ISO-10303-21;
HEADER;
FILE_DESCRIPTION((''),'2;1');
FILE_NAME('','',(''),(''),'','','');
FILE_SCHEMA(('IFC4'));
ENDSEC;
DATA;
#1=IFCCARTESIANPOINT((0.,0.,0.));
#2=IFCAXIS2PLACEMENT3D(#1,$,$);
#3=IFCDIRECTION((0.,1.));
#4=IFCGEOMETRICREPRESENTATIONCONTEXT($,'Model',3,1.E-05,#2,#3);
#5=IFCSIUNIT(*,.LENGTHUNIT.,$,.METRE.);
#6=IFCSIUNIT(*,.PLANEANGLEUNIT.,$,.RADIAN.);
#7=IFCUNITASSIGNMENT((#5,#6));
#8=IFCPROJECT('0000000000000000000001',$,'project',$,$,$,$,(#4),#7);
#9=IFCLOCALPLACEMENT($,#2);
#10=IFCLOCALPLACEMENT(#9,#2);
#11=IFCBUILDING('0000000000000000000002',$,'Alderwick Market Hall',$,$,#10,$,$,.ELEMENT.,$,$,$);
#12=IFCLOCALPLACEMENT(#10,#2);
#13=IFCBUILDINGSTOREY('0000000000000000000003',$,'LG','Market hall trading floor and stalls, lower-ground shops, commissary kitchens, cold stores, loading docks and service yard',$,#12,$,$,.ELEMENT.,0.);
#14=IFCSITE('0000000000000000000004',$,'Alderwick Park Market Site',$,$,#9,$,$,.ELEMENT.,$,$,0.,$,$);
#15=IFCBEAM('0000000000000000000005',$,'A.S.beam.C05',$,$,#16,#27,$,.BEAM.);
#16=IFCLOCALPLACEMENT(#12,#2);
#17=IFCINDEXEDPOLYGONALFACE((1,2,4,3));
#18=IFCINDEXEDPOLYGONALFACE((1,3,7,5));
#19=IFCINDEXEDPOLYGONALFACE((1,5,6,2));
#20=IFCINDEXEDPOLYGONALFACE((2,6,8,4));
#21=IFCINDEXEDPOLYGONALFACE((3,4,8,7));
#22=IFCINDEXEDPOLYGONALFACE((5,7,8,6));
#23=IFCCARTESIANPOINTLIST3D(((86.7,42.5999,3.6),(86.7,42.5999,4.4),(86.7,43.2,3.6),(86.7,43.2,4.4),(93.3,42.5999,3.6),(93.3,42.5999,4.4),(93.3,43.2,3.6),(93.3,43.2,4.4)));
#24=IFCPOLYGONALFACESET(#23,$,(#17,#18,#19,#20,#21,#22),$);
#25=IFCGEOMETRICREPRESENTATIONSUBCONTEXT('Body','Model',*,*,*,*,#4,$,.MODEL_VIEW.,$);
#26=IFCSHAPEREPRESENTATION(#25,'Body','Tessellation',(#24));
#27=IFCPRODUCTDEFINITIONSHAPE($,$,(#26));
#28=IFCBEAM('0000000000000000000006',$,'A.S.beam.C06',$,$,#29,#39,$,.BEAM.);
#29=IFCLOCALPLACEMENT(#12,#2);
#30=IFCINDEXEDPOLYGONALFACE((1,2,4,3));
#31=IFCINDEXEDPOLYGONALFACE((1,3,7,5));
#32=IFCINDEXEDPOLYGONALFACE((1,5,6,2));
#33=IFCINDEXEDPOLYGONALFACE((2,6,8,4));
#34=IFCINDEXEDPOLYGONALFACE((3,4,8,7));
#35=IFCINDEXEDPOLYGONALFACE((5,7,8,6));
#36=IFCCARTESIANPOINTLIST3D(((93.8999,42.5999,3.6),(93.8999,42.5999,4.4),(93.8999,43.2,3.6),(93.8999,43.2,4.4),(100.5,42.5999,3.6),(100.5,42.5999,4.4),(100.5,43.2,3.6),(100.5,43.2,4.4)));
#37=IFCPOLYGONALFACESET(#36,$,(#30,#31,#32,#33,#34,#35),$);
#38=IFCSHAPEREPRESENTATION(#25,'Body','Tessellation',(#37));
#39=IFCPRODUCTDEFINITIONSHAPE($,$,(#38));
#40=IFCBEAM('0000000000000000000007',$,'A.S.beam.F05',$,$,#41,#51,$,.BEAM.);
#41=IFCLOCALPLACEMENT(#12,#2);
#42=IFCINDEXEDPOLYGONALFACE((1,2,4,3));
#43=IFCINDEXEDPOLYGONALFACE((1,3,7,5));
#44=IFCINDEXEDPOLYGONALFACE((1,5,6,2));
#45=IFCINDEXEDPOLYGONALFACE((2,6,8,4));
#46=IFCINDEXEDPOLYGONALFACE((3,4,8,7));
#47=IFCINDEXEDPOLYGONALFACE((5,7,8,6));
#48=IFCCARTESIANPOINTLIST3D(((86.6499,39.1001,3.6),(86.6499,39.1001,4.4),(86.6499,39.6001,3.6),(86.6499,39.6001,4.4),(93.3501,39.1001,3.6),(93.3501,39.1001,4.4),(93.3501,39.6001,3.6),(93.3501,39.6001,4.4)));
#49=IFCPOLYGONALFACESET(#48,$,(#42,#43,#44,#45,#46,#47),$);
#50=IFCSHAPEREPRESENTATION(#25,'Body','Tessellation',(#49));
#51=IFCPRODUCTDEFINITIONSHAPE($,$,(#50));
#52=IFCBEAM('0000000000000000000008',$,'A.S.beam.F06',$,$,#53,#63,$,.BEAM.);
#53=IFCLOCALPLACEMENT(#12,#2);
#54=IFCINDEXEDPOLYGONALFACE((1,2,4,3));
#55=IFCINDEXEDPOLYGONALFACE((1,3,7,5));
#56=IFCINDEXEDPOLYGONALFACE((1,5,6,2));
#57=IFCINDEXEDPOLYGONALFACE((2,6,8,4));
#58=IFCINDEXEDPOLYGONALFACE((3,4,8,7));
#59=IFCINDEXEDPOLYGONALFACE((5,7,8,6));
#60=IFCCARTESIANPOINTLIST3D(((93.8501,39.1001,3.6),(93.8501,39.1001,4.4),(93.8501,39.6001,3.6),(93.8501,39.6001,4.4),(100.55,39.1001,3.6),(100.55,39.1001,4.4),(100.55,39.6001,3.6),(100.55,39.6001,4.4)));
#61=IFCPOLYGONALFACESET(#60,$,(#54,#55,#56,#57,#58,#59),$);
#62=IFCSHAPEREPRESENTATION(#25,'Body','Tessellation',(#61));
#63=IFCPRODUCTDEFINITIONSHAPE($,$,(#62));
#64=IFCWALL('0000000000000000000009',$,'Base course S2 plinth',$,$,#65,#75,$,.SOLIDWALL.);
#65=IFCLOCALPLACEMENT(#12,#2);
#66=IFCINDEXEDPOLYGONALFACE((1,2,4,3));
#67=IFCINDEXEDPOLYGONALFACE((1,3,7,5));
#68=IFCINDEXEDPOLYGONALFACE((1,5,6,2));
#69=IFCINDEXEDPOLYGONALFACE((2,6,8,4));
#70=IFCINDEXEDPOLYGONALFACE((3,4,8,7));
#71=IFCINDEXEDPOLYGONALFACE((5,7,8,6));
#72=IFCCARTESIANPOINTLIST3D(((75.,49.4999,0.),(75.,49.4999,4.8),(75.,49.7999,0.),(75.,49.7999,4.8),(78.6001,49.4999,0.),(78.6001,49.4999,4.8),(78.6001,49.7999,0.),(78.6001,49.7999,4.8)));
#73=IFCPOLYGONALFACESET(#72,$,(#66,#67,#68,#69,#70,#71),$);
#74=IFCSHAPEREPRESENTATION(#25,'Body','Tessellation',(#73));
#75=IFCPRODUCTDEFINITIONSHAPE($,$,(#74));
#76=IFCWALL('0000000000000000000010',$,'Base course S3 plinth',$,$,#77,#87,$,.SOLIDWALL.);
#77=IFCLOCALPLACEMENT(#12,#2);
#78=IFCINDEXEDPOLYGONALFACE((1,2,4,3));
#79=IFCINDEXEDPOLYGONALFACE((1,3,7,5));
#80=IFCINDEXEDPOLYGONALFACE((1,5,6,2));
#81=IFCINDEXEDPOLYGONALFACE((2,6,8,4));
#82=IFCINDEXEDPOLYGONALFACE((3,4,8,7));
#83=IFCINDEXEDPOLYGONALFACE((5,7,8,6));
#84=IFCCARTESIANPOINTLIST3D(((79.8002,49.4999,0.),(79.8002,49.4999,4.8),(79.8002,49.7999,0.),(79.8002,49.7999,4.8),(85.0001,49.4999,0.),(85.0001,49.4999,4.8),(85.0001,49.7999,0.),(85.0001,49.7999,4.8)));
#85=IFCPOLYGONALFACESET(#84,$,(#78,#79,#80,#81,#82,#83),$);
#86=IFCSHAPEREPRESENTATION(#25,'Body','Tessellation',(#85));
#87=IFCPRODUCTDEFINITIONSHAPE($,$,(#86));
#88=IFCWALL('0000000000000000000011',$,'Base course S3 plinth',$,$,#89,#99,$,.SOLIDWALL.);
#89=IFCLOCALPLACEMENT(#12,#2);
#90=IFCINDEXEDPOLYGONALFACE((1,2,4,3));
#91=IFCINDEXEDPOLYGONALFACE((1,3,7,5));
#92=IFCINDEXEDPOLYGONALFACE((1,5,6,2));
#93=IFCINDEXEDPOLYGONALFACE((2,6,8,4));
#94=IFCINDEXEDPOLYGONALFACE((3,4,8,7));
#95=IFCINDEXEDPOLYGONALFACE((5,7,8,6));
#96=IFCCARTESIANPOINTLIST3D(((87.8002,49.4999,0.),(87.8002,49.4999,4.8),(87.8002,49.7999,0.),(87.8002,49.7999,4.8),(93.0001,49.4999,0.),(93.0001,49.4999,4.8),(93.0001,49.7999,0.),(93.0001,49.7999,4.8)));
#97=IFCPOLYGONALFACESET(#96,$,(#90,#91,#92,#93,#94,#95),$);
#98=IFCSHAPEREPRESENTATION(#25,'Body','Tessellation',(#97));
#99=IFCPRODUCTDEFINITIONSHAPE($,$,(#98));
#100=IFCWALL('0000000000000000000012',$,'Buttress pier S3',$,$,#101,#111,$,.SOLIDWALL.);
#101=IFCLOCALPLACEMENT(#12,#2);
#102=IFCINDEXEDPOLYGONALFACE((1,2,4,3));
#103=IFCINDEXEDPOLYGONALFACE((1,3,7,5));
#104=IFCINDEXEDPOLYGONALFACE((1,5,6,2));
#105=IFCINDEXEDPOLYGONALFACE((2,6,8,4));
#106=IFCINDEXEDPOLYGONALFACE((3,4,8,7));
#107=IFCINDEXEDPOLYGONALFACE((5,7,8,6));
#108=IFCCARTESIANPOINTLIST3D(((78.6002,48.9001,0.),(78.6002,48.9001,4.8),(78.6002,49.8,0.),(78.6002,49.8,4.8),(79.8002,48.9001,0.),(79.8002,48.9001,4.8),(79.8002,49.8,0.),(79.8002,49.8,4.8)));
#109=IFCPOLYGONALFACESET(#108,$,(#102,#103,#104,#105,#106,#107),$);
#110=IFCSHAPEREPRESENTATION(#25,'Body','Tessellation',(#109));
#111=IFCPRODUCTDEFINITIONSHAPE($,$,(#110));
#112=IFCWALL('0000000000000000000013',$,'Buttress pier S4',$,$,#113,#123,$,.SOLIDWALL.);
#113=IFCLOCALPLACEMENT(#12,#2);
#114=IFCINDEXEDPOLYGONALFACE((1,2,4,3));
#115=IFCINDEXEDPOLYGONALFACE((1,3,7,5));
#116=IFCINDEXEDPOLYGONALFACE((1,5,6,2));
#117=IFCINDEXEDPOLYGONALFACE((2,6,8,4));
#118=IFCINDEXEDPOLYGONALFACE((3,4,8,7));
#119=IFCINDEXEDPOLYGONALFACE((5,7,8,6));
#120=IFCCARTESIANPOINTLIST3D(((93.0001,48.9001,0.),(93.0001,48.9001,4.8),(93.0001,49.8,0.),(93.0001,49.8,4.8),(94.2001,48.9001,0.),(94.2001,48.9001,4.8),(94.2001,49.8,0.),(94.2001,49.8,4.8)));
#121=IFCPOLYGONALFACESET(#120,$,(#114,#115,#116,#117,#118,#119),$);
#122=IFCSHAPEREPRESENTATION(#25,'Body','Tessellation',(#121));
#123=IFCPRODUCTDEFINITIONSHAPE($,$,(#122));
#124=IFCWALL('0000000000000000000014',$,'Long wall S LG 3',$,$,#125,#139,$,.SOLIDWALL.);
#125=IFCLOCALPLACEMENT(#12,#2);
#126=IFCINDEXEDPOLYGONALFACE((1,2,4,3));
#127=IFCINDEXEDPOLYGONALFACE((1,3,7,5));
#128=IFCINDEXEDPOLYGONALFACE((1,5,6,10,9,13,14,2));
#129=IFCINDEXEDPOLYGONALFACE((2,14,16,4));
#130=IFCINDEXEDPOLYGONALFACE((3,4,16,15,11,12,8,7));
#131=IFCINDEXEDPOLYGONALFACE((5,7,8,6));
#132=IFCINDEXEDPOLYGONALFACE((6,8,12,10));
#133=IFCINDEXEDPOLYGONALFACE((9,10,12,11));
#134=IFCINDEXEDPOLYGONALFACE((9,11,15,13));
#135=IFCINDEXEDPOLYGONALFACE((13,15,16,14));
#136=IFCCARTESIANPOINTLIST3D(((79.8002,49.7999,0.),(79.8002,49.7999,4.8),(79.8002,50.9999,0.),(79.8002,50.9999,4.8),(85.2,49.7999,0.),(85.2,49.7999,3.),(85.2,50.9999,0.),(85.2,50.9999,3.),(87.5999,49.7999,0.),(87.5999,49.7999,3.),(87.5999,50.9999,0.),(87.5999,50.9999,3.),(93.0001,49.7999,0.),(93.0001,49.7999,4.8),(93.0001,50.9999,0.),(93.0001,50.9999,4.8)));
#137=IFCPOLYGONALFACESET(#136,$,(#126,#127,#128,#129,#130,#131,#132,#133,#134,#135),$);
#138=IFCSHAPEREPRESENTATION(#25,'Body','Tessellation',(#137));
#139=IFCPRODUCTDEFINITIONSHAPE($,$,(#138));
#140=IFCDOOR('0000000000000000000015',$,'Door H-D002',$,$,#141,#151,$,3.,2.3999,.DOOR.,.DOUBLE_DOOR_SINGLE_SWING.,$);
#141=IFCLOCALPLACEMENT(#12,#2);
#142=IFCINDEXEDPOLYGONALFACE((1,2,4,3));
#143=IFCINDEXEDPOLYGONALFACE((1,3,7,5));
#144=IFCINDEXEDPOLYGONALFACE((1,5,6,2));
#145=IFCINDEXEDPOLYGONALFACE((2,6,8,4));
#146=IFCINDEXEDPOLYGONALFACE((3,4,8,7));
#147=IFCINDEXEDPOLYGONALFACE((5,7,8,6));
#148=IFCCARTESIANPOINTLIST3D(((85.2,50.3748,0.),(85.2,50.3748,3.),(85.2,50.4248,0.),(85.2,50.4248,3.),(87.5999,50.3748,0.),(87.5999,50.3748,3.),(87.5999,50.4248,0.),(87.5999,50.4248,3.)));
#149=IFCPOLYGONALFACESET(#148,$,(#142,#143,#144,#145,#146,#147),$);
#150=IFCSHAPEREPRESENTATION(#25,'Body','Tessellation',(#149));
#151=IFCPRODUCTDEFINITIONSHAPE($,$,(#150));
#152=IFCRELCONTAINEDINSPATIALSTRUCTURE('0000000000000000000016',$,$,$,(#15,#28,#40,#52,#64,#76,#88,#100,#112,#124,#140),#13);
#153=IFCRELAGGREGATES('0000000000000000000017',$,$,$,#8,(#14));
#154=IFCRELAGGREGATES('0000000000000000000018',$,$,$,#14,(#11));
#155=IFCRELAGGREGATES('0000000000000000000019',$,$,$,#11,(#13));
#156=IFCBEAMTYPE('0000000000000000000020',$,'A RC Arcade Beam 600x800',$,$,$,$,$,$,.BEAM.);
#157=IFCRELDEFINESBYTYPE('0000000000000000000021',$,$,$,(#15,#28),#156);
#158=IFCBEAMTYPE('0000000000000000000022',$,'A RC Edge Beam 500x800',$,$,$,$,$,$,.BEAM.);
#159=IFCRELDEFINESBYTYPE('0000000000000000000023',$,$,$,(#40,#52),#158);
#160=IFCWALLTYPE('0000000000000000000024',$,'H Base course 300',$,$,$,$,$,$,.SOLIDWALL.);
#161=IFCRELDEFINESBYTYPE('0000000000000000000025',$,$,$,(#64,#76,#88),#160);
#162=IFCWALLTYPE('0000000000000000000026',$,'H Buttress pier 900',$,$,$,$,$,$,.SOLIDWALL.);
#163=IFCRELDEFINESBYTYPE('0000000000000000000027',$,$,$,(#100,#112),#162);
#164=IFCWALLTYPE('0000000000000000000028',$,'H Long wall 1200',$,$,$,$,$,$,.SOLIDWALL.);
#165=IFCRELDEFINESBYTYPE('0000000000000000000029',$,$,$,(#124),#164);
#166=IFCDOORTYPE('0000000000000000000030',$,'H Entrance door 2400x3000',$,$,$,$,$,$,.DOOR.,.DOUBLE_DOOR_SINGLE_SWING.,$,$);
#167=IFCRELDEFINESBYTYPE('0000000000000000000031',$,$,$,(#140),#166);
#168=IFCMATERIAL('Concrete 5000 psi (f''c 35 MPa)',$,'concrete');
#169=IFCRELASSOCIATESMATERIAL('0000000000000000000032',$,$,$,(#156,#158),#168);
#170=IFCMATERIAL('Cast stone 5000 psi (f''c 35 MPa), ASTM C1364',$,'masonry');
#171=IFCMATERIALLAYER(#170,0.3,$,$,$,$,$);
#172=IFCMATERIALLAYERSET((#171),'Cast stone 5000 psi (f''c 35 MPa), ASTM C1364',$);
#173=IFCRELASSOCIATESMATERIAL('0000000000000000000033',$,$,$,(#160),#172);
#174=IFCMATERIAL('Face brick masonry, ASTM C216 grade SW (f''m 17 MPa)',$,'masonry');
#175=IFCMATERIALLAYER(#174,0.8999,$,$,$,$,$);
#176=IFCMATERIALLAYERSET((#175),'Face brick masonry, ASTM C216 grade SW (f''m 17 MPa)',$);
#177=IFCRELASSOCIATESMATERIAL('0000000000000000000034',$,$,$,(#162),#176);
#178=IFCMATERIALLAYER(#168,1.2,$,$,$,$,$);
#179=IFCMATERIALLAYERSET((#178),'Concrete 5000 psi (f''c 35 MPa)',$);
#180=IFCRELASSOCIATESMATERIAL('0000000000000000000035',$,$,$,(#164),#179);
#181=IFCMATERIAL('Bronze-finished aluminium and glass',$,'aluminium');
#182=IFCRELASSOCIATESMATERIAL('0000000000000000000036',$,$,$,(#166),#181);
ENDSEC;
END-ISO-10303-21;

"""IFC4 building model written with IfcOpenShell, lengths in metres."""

from ifc_helpers import new_model, si_unit, direction, frame, frame_2d, origin, origin_2d, place, context, subcontext, project, spatial, rectangle, extrude, material, layer, layer_set, material_profile, profile_set, type_object, element, fill, save


model = new_model("IFC4")

# Units and contexts
model_context = context("Model", 3, precision=1e-05, world=origin(), true_north=direction((0.0, 1.0)))
body_context = subcontext(model_context, "Body", "Model", "MODEL_VIEW")
ifc_project = project(units=[si_unit("LENGTHUNIT", "METRE"), si_unit("PLANEANGLEUNIT", "RADIAN")], contexts=[model_context])

# Site, building, storey
site_placement = place(None, origin())
site = spatial("IfcSite", under=ifc_project, at=site_placement, Name="Alderwick Park Market Site", CompositionType="ELEMENT", RefElevation=0.0)
building_placement = place(site_placement, origin())
building = spatial("IfcBuilding", under=site, at=building_placement, Name="Alderwick Market Hall", CompositionType="ELEMENT")
storey_placement = place(building_placement, origin())
storey = spatial("IfcBuildingStorey", under=building, at=storey_placement, Name="LG", Description="Market hall trading floor and stalls, lower-ground shops, commissary kitchens, cold stores, loading docks and service yard", CompositionType="ELEMENT", Elevation=0.0)

# Shared definitions
ifc_material_1 = material(Name="Concrete 5000 psi (f'c 35 MPa)", Category="concrete")

# Beams
ifc_material_profile_1 = material_profile(ifc_material_1, rectangle(XDim=0.6001, YDim=0.8, at=origin_2d()), Name="A RC Arcade Beam 600x800")
ifc_profile_set_1 = profile_set([ifc_material_profile_1], Name="Concrete 5000 psi (f'c 35 MPa)")
beam_type_1 = type_object("IfcBeamType", Name="A RC Arcade Beam 600x800", PredefinedType="BEAM", material=ifc_profile_set_1)
for number, where, z_axis, x_axis, name in (
    (1, (86.7, 42.8999, 4.0), (1.0, 0.0, 0.0), (0.0, 1.0, 0.0), "A.S.beam.C05"),
    (2, (93.8999, 42.8999, 4.0), (1.0, 0.0, 0.0), (0.0, 1.0, 0.0), "A.S.beam.C06"),
):
    element("IfcBeam", number, at=place(storey_placement, frame(where, z_axis=z_axis, x_axis=x_axis)), inside=storey, type_object=beam_type_1, Name=name, PredefinedType="BEAM", context=body_context, shape_type="SweptSolid", body=[
        extrude(rectangle(XDim=0.6001, YDim=0.8, at=origin_2d()), origin(), (0.0, 0.0, 1.0), 6.6001),
    ])
ifc_material_profile_2 = material_profile(ifc_material_1, rectangle(XDim=0.5, YDim=0.8, at=origin_2d()), Name="A RC Edge Beam 500x800")
ifc_profile_set_2 = profile_set([ifc_material_profile_2], Name="Concrete 5000 psi (f'c 35 MPa)")
beam_type_2 = type_object("IfcBeamType", Name="A RC Edge Beam 500x800", PredefinedType="BEAM", material=ifc_profile_set_2)
beam_1_placement = place(storey_placement, frame((86.6499, 39.3501, 4.0), z_axis=(1.0, 0.0, 0.0), x_axis=(0.0, 1.0, 0.0)))
element("IfcBeam", 3, at=beam_1_placement, inside=storey, type_object=beam_type_2, Name="A.S.beam.F05", PredefinedType="BEAM", context=body_context, shape_type="SweptSolid", body=[
    extrude(rectangle(XDim=0.5, YDim=0.8, at=origin_2d()), origin(), (0.0, 0.0, 1.0), 6.7002),
])
beam_2_placement = place(storey_placement, frame((93.8501, 39.3501, 4.0), z_axis=(1.0, 0.0, 0.0), x_axis=(0.0, 1.0, 0.0)))
element("IfcBeam", 4, at=beam_2_placement, inside=storey, type_object=beam_type_2, Name="A.S.beam.F06", PredefinedType="BEAM", context=body_context, shape_type="SweptSolid", body=[
    extrude(rectangle(XDim=0.5, YDim=0.8, at=origin_2d()), origin(), (0.0, 0.0, 1.0), 6.7),
])

# Walls
ifc_material_2 = material(Name="Cast stone 5000 psi (f'c 35 MPa), ASTM C1364", Category="masonry")
ifc_layer_1 = layer(ifc_material_2, 0.3)
ifc_layer_set_1 = layer_set([ifc_layer_1], Name="Cast stone 5000 psi (f'c 35 MPa), ASTM C1364")
wall_type_1 = type_object("IfcWallType", Name="H Base course 300", PredefinedType="SOLIDWALL", material=ifc_layer_set_1)
wall_1_placement = place(storey_placement, frame((75.0, 49.6499, 0.0), z_axis=(0.0, 0.0, 1.0), x_axis=(1.0, 0.0, 0.0)))
element("IfcWall", 5, at=wall_1_placement, inside=storey, type_object=wall_type_1, Name="Base course S2 plinth", PredefinedType="SOLIDWALL", context=body_context, shape_type="SweptSolid", body=[
    extrude(rectangle(XDim=3.6001, YDim=0.3, at=frame_2d((1.8, 0.0))), origin(), (0.0, 0.0, 1.0), 4.8),
])
for number, where, z_axis, x_axis, name in (
    (6, (79.8, 49.6499, 0.0), (0.0, 0.0, 1.0), (1.0, 0.0, 0.0), "Base course S3 plinth"),
    (7, (87.8, 49.6499, 0.0), (0.0, 0.0, 1.0), (1.0, 0.0, 0.0), "Base course S3 plinth"),
):
    element("IfcWall", number, at=place(storey_placement, frame(where, z_axis=z_axis, x_axis=x_axis)), inside=storey, type_object=wall_type_1, Name=name, PredefinedType="SOLIDWALL", context=body_context, shape_type="SweptSolid", body=[
        extrude(rectangle(XDim=5.2, YDim=0.3, at=frame_2d((2.6001, 0.0))), origin(), (0.0, 0.0, 1.0), 4.8),
    ])
ifc_material_3 = material(Name="Face brick masonry, ASTM C216 grade SW (f'm 17 MPa)", Category="masonry")
ifc_layer_2 = layer(ifc_material_3, 0.8999)
ifc_layer_set_2 = layer_set([ifc_layer_2], Name="Face brick masonry, ASTM C216 grade SW (f'm 17 MPa)")
wall_type_2 = type_object("IfcWallType", Name="H Buttress pier 900", PredefinedType="SOLIDWALL", material=ifc_layer_set_2)
for number, where, z_axis, x_axis, name in (
    (8, (78.6001, 49.3501, 0.0), (0.0, 0.0, 1.0), (1.0, 0.0, 0.0), "Buttress pier S3"),
    (9, (93.0, 49.3501, 0.0), (0.0, 0.0, 1.0), (1.0, 0.0, 0.0), "Buttress pier S4"),
):
    element("IfcWall", number, at=place(storey_placement, frame(where, z_axis=z_axis, x_axis=x_axis)), inside=storey, type_object=wall_type_2, Name=name, PredefinedType="SOLIDWALL", context=body_context, shape_type="SweptSolid", body=[
        extrude(rectangle(XDim=1.2, YDim=0.8999, at=frame_2d((0.6001, 0.0))), origin(), (0.0, 0.0, 1.0), 4.8),
    ])

# Wall, opening, door
ifc_layer_3 = layer(ifc_material_1, 1.2)
ifc_layer_set_3 = layer_set([ifc_layer_3], Name="Concrete 5000 psi (f'c 35 MPa)")
wall_type_3 = type_object("IfcWallType", Name="H Long wall 1200", PredefinedType="SOLIDWALL", material=ifc_layer_set_3)
wall_2_placement = place(storey_placement, frame((79.8, 50.3999, 0.0), z_axis=(0.0, 0.0, 1.0), x_axis=(1.0, 0.0, 0.0)))
wall_2 = element("IfcWall", 10, at=wall_2_placement, inside=storey, type_object=wall_type_3, Name="Long wall S LG 3", PredefinedType="SOLIDWALL", context=body_context, shape_type="SweptSolid", body=[
    extrude(rectangle(XDim=13.2, YDim=1.2, at=frame_2d((6.6001, 0.0))), origin(), (0.0, 0.0, 1.0), 4.8),
])
opening_1_placement = place(wall_2_placement, frame((5.3999, 0.0, 0.0)))
opening_1 = element("IfcOpeningElement", 11, at=opening_1_placement, cuts=wall_2, PredefinedType="OPENING", context=body_context, shape_type="SweptSolid", body=[
    extrude(rectangle(XDim=2.3999, YDim=3.0, at=frame_2d((1.2, 1.5))), frame((0.0, 0.6099, 0.0), z_axis=(0.0, -1.0, 0.0), x_axis=(1.0, 0.0, 0.0)), (0.0, 0.0, 1.0), 1.22),
])
ifc_material_4 = material(Name="Bronze-finished aluminium and glass", Category="aluminium")
door_type_1 = type_object("IfcDoorType", Name="H Entrance door 2400x3000", OperationType="DOUBLE_DOOR_SINGLE_SWING", PredefinedType="DOOR", material=ifc_material_4)
door_1_placement = place(opening_1_placement, origin())
door_1 = element("IfcDoor", 12, at=door_1_placement, inside=storey, type_object=door_type_1, Name="Door H-D002", OperationType="DOUBLE_DOOR_SINGLE_SWING", OverallHeight=3.0, OverallWidth=2.3999, PredefinedType="DOOR", context=body_context, shape_type="SweptSolid", body=[
    extrude(rectangle(XDim=2.3999, YDim=3.0, at=frame_2d((1.2, 1.5))), frame((0.0, 0.0249, 0.0), z_axis=(0.0, -1.0, 0.0), x_axis=(1.0, 0.0, 0.0)), (0.0, 0.0, 1.0), 0.05),
])
fill(opening_1, door_1)

save(model, "model.ifc")
